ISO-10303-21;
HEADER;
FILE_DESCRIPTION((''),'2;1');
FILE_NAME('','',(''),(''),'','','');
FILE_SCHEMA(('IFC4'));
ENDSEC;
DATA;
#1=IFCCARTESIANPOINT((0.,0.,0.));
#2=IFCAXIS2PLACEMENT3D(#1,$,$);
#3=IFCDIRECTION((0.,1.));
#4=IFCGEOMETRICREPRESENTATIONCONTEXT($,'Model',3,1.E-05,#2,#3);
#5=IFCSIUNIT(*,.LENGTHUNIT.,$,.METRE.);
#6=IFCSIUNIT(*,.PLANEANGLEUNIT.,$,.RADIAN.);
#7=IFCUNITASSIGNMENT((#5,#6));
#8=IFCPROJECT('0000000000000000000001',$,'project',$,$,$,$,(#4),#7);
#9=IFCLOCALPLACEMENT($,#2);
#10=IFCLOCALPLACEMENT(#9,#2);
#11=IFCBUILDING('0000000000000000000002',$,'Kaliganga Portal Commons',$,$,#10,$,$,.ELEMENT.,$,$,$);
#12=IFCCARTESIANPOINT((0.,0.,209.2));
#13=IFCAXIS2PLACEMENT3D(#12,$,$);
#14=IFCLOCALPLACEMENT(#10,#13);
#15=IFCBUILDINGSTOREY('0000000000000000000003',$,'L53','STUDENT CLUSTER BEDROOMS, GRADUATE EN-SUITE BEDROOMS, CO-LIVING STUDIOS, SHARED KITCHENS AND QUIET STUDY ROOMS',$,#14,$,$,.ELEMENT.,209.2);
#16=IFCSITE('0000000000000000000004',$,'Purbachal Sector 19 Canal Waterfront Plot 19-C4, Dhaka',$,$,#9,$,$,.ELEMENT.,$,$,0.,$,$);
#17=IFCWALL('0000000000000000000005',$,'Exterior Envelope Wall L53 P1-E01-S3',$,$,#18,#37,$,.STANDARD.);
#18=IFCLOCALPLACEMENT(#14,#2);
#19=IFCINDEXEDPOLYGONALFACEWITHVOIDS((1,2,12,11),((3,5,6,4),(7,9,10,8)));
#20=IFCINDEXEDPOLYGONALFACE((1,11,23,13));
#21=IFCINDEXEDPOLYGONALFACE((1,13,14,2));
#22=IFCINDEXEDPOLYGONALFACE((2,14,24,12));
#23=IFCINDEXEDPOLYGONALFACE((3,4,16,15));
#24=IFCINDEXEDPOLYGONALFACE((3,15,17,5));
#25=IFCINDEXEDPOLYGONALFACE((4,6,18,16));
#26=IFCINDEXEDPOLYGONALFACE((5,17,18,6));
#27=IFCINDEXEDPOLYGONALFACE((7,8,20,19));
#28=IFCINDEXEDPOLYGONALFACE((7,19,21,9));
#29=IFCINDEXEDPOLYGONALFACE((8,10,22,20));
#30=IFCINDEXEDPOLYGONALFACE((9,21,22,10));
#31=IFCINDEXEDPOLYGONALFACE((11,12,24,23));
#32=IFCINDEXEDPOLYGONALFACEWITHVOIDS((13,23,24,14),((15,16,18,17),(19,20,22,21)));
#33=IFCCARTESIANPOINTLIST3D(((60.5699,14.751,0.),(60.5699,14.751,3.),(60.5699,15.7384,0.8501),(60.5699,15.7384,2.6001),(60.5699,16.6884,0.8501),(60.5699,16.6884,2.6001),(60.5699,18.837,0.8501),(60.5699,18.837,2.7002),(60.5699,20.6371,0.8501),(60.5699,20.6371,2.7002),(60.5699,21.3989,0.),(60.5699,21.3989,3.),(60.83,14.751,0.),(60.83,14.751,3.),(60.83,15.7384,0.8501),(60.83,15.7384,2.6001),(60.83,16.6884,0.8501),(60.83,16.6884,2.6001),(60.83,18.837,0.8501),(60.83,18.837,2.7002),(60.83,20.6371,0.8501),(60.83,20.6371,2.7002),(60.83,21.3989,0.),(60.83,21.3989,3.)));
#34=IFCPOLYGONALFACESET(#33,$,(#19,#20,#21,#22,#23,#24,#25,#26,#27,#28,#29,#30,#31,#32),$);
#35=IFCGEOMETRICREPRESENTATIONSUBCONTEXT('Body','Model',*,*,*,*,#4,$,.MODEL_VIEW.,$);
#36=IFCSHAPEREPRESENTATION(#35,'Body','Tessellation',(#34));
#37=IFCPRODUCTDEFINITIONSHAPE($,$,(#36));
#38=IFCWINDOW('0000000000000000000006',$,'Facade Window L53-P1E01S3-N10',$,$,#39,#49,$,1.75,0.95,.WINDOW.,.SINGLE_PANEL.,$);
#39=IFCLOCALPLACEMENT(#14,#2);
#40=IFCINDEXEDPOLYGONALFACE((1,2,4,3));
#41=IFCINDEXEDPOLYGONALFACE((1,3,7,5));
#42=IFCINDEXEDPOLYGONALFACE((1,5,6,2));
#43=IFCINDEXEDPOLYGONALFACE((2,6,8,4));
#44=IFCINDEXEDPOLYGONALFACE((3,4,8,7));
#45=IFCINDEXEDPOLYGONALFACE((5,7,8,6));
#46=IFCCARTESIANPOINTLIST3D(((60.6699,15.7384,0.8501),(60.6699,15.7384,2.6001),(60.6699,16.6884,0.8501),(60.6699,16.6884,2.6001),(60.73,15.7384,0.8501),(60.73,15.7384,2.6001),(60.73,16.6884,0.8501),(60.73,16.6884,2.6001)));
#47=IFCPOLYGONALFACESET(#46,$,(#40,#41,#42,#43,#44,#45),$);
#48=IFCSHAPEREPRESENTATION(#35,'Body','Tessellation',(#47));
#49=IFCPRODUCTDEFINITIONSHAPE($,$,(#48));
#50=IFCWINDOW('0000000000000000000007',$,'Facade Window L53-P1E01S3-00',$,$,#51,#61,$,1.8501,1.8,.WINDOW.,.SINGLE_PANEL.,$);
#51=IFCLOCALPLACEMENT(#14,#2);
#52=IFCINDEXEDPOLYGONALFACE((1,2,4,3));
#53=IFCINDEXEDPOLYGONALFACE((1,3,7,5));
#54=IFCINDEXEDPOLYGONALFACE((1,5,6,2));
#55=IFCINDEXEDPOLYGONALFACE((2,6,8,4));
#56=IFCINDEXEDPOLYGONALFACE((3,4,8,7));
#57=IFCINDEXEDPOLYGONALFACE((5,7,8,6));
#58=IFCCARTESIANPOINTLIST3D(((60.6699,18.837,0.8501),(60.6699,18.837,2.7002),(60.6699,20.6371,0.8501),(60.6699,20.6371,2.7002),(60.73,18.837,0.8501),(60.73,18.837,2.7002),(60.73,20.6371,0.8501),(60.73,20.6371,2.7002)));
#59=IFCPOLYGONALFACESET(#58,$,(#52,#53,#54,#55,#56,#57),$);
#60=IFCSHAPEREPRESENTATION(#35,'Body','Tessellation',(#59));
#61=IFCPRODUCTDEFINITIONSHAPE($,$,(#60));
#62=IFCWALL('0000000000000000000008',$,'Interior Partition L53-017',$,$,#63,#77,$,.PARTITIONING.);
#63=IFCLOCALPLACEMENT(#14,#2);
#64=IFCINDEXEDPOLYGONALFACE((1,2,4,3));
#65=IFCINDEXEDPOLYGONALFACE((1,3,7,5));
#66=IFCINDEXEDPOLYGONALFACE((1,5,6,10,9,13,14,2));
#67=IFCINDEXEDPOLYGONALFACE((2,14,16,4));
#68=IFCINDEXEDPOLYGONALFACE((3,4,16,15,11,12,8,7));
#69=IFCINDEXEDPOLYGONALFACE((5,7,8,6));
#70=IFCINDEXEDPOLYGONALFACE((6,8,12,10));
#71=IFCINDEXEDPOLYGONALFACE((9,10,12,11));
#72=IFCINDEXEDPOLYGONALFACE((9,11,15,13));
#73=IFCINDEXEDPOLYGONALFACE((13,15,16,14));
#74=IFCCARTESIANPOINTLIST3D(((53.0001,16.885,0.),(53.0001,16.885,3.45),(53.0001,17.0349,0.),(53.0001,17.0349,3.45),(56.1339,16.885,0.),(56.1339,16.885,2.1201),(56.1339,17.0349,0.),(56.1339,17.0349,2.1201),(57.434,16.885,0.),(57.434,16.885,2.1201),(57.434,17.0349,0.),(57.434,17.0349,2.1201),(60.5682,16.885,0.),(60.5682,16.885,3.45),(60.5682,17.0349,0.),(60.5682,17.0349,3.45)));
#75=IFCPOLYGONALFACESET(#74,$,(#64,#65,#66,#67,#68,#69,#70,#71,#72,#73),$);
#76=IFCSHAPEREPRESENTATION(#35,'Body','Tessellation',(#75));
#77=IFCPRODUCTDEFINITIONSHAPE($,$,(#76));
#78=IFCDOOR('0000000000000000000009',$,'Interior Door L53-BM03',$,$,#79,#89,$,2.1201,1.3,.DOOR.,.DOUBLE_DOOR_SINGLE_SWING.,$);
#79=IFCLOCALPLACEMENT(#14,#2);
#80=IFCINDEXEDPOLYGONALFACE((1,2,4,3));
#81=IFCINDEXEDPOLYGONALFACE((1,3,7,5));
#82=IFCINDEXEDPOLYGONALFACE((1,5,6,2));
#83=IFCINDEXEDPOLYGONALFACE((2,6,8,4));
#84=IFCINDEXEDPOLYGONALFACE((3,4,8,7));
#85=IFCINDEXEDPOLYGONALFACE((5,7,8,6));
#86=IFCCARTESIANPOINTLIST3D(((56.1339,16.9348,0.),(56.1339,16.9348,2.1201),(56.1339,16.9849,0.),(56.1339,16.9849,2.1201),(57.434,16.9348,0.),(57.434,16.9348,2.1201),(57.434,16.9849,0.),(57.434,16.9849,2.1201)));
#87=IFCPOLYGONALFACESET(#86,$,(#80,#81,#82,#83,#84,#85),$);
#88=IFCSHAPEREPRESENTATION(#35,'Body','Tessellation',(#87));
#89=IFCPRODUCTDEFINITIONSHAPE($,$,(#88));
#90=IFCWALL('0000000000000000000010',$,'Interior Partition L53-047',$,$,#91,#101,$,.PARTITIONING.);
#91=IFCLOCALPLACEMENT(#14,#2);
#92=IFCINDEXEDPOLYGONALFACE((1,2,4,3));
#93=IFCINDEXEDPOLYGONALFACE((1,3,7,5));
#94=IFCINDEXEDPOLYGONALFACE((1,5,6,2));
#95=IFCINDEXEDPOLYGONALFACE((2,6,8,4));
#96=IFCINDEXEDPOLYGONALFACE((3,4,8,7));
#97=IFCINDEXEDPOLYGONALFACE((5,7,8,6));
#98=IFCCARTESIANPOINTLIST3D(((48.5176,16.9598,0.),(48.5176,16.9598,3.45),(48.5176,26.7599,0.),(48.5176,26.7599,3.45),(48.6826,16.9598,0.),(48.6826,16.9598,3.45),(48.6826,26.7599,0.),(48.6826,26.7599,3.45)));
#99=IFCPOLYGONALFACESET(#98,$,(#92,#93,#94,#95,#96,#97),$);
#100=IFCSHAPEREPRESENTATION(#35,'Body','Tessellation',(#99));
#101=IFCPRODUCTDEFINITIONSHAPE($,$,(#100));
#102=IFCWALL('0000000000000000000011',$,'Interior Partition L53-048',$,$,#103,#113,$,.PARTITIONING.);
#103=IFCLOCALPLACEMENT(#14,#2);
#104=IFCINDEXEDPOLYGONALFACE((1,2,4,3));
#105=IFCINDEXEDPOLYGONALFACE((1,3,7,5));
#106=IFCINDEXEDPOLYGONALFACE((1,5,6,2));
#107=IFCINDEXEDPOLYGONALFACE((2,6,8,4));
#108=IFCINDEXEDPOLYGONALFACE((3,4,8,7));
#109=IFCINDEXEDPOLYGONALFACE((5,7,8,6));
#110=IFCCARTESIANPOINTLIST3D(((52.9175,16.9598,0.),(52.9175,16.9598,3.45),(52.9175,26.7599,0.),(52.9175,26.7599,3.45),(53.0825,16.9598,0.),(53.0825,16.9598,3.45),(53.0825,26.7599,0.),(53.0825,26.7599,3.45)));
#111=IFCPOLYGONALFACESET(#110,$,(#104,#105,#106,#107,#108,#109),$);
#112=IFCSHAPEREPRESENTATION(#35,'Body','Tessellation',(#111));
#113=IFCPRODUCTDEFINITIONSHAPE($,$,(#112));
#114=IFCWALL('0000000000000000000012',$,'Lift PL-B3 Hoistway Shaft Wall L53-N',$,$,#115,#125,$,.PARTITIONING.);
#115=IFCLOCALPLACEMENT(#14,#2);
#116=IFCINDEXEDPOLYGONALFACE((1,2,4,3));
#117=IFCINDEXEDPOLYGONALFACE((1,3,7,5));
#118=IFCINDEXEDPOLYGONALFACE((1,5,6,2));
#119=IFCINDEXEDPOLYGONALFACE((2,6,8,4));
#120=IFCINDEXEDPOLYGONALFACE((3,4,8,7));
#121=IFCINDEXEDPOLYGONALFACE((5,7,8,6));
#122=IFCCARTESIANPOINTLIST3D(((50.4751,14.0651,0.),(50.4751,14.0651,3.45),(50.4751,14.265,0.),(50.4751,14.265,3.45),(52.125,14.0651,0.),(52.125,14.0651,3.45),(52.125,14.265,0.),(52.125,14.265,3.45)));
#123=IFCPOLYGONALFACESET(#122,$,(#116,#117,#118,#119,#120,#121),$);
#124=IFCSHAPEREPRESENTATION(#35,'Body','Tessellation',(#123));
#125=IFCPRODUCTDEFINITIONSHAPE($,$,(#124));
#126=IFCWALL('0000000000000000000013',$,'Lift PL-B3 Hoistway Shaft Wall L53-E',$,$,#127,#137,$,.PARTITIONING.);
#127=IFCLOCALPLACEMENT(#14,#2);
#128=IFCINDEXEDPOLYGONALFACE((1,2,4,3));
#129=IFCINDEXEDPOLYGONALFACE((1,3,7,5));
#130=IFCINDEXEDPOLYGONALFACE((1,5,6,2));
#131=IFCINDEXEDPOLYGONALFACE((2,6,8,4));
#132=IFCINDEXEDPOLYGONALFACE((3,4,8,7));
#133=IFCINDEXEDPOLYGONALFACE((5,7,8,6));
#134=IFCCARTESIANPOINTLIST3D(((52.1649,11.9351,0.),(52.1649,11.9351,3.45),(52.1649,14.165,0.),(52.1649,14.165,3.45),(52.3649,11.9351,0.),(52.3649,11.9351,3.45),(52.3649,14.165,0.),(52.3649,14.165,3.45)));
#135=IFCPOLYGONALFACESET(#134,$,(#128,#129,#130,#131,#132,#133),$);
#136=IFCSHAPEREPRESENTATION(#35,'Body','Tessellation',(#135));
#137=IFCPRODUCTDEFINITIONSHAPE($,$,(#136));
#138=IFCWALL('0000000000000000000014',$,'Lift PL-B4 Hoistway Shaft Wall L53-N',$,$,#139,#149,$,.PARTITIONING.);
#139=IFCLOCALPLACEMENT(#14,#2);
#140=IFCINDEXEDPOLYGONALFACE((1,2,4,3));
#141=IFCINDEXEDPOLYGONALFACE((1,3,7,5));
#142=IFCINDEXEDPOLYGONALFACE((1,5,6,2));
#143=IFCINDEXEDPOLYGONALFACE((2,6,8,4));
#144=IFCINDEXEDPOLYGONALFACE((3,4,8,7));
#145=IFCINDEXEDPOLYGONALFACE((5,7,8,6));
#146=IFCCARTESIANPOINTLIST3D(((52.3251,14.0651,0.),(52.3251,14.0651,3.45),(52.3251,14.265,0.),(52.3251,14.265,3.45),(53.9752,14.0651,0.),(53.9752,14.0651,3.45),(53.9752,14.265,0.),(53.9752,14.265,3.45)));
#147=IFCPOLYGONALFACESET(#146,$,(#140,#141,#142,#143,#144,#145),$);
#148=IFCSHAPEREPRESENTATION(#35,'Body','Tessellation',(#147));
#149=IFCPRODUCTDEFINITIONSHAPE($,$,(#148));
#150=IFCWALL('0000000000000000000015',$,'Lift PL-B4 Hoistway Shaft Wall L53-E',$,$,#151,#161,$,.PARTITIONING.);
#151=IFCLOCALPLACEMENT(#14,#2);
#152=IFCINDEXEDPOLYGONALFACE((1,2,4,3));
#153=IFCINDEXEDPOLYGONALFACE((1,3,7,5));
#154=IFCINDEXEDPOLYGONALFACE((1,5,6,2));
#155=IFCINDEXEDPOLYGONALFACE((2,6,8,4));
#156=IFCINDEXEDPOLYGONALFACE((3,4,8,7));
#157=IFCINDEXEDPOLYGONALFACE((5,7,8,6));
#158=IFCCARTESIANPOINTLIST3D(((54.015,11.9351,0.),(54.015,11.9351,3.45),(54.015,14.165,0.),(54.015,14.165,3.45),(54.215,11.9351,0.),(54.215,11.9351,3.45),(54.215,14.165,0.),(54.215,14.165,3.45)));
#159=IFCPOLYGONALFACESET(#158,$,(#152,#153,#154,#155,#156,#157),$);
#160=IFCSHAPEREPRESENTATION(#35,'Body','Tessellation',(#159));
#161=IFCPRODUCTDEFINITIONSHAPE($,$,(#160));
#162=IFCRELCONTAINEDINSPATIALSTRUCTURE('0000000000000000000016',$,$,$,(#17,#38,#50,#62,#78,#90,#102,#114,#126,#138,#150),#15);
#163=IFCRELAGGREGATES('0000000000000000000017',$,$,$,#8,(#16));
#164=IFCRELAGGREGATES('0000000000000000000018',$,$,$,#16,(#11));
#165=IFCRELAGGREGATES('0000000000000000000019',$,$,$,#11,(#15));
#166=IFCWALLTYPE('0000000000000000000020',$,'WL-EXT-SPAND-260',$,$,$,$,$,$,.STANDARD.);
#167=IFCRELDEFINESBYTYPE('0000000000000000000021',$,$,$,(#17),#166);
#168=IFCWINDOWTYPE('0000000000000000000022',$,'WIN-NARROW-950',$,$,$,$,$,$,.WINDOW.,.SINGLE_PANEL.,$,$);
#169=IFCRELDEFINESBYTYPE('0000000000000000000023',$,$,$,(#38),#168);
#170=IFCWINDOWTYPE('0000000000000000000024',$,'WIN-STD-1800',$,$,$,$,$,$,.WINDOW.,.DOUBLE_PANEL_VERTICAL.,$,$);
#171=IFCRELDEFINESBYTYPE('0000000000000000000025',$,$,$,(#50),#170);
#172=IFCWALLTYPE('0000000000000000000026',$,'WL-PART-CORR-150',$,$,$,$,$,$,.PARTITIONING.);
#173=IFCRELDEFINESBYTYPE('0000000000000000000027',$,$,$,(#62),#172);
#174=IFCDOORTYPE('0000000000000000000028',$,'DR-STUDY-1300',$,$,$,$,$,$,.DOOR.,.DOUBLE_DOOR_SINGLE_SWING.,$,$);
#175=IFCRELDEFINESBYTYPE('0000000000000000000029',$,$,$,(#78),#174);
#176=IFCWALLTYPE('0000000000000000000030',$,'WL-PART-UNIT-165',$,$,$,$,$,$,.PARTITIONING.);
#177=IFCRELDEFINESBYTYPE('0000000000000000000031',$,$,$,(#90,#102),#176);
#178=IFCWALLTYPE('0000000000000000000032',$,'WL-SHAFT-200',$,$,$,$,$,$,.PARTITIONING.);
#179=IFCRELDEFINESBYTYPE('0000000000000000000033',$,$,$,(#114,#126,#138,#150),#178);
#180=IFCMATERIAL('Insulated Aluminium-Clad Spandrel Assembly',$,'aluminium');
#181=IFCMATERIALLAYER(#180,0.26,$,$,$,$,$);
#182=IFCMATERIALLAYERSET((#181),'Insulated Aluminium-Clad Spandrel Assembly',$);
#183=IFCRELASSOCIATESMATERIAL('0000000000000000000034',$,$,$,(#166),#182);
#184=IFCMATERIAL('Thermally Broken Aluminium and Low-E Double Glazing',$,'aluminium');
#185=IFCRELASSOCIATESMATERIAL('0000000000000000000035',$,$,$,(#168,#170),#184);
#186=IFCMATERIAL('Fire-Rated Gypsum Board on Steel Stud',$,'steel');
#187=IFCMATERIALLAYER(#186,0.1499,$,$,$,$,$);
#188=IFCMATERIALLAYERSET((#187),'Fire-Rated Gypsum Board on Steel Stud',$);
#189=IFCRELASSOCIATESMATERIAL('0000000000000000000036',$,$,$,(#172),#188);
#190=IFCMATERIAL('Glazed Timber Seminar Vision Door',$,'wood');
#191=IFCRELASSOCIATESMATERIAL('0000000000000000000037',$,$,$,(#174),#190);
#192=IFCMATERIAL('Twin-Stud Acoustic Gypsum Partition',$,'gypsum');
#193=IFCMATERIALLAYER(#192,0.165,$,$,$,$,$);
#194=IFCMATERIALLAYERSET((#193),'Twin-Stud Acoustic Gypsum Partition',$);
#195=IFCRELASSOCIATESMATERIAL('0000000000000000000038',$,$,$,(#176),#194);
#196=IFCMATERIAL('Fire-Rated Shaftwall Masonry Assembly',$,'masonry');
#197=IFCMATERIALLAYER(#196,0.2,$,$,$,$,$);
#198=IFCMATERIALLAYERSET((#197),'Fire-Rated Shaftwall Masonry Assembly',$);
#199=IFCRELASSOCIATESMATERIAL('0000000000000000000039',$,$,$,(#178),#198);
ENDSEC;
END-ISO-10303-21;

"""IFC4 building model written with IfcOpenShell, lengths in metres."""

from ifc_helpers import new_model, si_unit, direction, frame, frame_2d, origin, place, context, subcontext, project, spatial, rectangle, extrude, material, layer, layer_set, type_object, element, fill, save


model = new_model("IFC4")

# Units and contexts
model_context = context("Model", 3, precision=1e-05, world=origin(), true_north=direction((0.0, 1.0)))
body_context = subcontext(model_context, "Body", "Model", "MODEL_VIEW")
ifc_project = project(units=[si_unit("LENGTHUNIT", "METRE"), si_unit("PLANEANGLEUNIT", "RADIAN")], contexts=[model_context])

# Site, building, storey
site_placement = place(None, origin())
site = spatial("IfcSite", under=ifc_project, at=site_placement, Name="Purbachal Sector 19 Canal Waterfront Plot 19-C4, Dhaka", CompositionType="ELEMENT", RefElevation=0.0)
building_placement = place(site_placement, origin())
building = spatial("IfcBuilding", under=site, at=building_placement, Name="Kaliganga Portal Commons", CompositionType="ELEMENT")
storey_placement = place(building_placement, frame((0.0, 0.0, 209.2)))
storey = spatial("IfcBuildingStorey", under=building, at=storey_placement, Name="L53", Description="STUDENT CLUSTER BEDROOMS, GRADUATE EN-SUITE BEDROOMS, CO-LIVING STUDIOS, SHARED KITCHENS AND QUIET STUDY ROOMS", CompositionType="ELEMENT", Elevation=209.2)

# Shared definitions
ifc_material_1 = material(Name="Insulated Aluminium-Clad Spandrel Assembly", Category="aluminium")
ifc_layer_1 = layer(ifc_material_1, 0.26)
ifc_layer_set_1 = layer_set([ifc_layer_1], Name="Insulated Aluminium-Clad Spandrel Assembly")
wall_type_1 = type_object("IfcWallType", Name="WL-EXT-SPAND-260", PredefinedType="STANDARD", material=ifc_layer_set_1)

# Wall, openings, windows
wall_1_placement = place(storey_placement, frame((60.7, 21.3989, 0.0), z_axis=(0.0, 0.0, 1.0), x_axis=(0.0, -1.0, 0.0)))
wall_1 = element("IfcWall", 1, at=wall_1_placement, inside=storey, type_object=wall_type_1, Name="Exterior Envelope Wall L53 P1-E01-S3", PredefinedType="STANDARD", context=body_context, shape_type="SweptSolid", body=[
    extrude(rectangle(XDim=6.6479, YDim=0.26, at=frame_2d((3.324, 0.0))), origin(), (0.0, 0.0, 1.0), 3.0),
])
opening_1_placement = place(wall_1_placement, frame((0.762, 0.0, 0.8501)))
opening_1 = element("IfcOpeningElement", 2, at=opening_1_placement, cuts=wall_1, PredefinedType="OPENING", context=body_context, shape_type="SweptSolid", body=[
    extrude(rectangle(XDim=1.8, YDim=1.8501, at=frame_2d((0.8999, 0.925))), frame((0.0, 0.1401, 0.0), z_axis=(0.0, -1.0, 0.0), x_axis=(1.0, 0.0, 0.0)), (0.0, 0.0, 1.0), 0.28),
])
opening_2_placement = place(wall_1_placement, frame((4.7104, 0.0, 0.8501)))
opening_2 = element("IfcOpeningElement", 3, at=opening_2_placement, cuts=wall_1, PredefinedType="OPENING", context=body_context, shape_type="SweptSolid", body=[
    extrude(rectangle(XDim=0.95, YDim=1.75, at=frame_2d((0.4751, 0.875))), frame((0.0, 0.1401, 0.0), z_axis=(0.0, -1.0, 0.0), x_axis=(1.0, 0.0, 0.0)), (0.0, 0.0, 1.0), 0.28),
])
ifc_material_2 = material(Name="Thermally Broken Aluminium and Low-E Double Glazing", Category="aluminium")
window_type_1 = type_object("IfcWindowType", Name="WIN-NARROW-950", PartitioningType="SINGLE_PANEL", PredefinedType="WINDOW", material=ifc_material_2)
window_1_placement = place(opening_2_placement, origin())
window_1 = element("IfcWindow", 4, at=window_1_placement, inside=storey, type_object=window_type_1, Name="Facade Window L53-P1E01S3-N10", OverallHeight=1.75, OverallWidth=0.95, PartitioningType="SINGLE_PANEL", PredefinedType="WINDOW", context=body_context, shape_type="SweptSolid", body=[
    extrude(rectangle(XDim=0.95, YDim=1.75, at=frame_2d((0.4751, 0.875))), frame((0.0, 0.03, 0.0), z_axis=(0.0, -1.0, 0.0), x_axis=(1.0, 0.0, 0.0)), (0.0, 0.0, 1.0), 0.0601),
])
fill(opening_2, window_1)
window_type_2 = type_object("IfcWindowType", Name="WIN-STD-1800", PartitioningType="DOUBLE_PANEL_VERTICAL", PredefinedType="WINDOW", material=ifc_material_2)
window_2_placement = place(opening_1_placement, origin())
window_2 = element("IfcWindow", 5, at=window_2_placement, inside=storey, type_object=window_type_2, Name="Facade Window L53-P1E01S3-00", OverallHeight=1.8501, OverallWidth=1.8, PartitioningType="SINGLE_PANEL", PredefinedType="WINDOW", context=body_context, shape_type="SweptSolid", body=[
    extrude(rectangle(XDim=1.8, YDim=1.8501, at=frame_2d((0.8999, 0.925))), frame((0.0, 0.03, 0.0), z_axis=(0.0, -1.0, 0.0), x_axis=(1.0, 0.0, 0.0)), (0.0, 0.0, 1.0), 0.0601),
])
fill(opening_1, window_2)

# Wall, opening, door
ifc_material_3 = material(Name="Fire-Rated Gypsum Board on Steel Stud", Category="steel")
ifc_layer_2 = layer(ifc_material_3, 0.1499)
ifc_layer_set_2 = layer_set([ifc_layer_2], Name="Fire-Rated Gypsum Board on Steel Stud")
wall_type_2 = type_object("IfcWallType", Name="WL-PART-CORR-150", PredefinedType="PARTITIONING", material=ifc_layer_set_2)
wall_2_placement = place(storey_placement, frame((53.0, 16.96, 0.0), z_axis=(0.0, 0.0, 1.0), x_axis=(1.0, 0.0, 0.0)))
wall_2 = element("IfcWall", 6, at=wall_2_placement, inside=storey, type_object=wall_type_2, Name="Interior Partition L53-017", PredefinedType="PARTITIONING", context=body_context, shape_type="SweptSolid", body=[
    extrude(rectangle(XDim=7.5681, YDim=0.1499, at=frame_2d((3.7842, 0.0))), origin(), (0.0, 0.0, 1.0), 3.45),
])
opening_3_placement = place(wall_2_placement, frame((3.134, 0.0, 0.0)))
opening_3 = element("IfcOpeningElement", 7, at=opening_3_placement, cuts=wall_2, PredefinedType="OPENING", context=body_context, shape_type="SweptSolid", body=[
    extrude(rectangle(XDim=1.3, YDim=2.1201, at=frame_2d((0.6499, 1.0601))), frame((0.0, 0.085, 0.0), z_axis=(0.0, -1.0, 0.0), x_axis=(1.0, 0.0, 0.0)), (0.0, 0.0, 1.0), 0.1699),
])
ifc_material_4 = material(Name="Glazed Timber Seminar Vision Door", Category="wood")
door_type_1 = type_object("IfcDoorType", Name="DR-STUDY-1300", OperationType="DOUBLE_DOOR_SINGLE_SWING", PredefinedType="DOOR", material=ifc_material_4)
door_1_placement = place(opening_3_placement, origin())
door_1 = element("IfcDoor", 8, at=door_1_placement, inside=storey, type_object=door_type_1, Name="Interior Door L53-BM03", OperationType="DOUBLE_DOOR_SINGLE_SWING", OverallHeight=2.1201, OverallWidth=1.3, PredefinedType="DOOR", context=body_context, shape_type="SweptSolid", body=[
    extrude(rectangle(XDim=1.3, YDim=2.1201, at=frame_2d((0.6499, 1.0601))), frame((0.0, 0.0249, 0.0), z_axis=(0.0, -1.0, 0.0), x_axis=(1.0, 0.0, 0.0)), (0.0, 0.0, 1.0), 0.05),
])
fill(opening_3, door_1)

# Walls
ifc_material_5 = material(Name="Twin-Stud Acoustic Gypsum Partition", Category="gypsum")
ifc_layer_3 = layer(ifc_material_5, 0.165)
ifc_layer_set_3 = layer_set([ifc_layer_3], Name="Twin-Stud Acoustic Gypsum Partition")
wall_type_3 = type_object("IfcWallType", Name="WL-PART-UNIT-165", PredefinedType="PARTITIONING", material=ifc_layer_set_3)
for number, where, z_axis, x_axis, name in (
    (9, (48.6001, 16.96, 0.0), (0.0, 0.0, 1.0), (0.0, 1.0, 0.0), "Interior Partition L53-047"),
    (10, (53.0, 16.96, 0.0), (0.0, 0.0, 1.0), (0.0, 1.0, 0.0), "Interior Partition L53-048"),
):
    element("IfcWall", number, at=place(storey_placement, frame(where, z_axis=z_axis, x_axis=x_axis)), inside=storey, type_object=wall_type_3, Name=name, PredefinedType="PARTITIONING", context=body_context, shape_type="SweptSolid", body=[
        extrude(rectangle(XDim=9.8, YDim=0.165, at=frame_2d((4.8999, 0.0))), origin(), (0.0, 0.0, 1.0), 3.45),
    ])
ifc_material_6 = material(Name="Fire-Rated Shaftwall Masonry Assembly", Category="masonry")
ifc_layer_4 = layer(ifc_material_6, 0.2)
ifc_layer_set_4 = layer_set([ifc_layer_4], Name="Fire-Rated Shaftwall Masonry Assembly")
wall_type_4 = type_object("IfcWallType", Name="WL-SHAFT-200", PredefinedType="PARTITIONING", material=ifc_layer_set_4)
wall_3_placement = place(storey_placement, frame((50.4751, 14.165, 0.0), z_axis=(0.0, 0.0, 1.0), x_axis=(1.0, 0.0, 0.0)))
element("IfcWall", 11, at=wall_3_placement, inside=storey, type_object=wall_type_4, Name="Lift PL-B3 Hoistway Shaft Wall L53-N", PredefinedType="PARTITIONING", context=body_context, shape_type="SweptSolid", body=[
    extrude(rectangle(XDim=1.6499, YDim=0.2, at=frame_2d((0.825, 0.0))), origin(), (0.0, 0.0, 1.0), 3.45),
])
wall_4_placement = place(storey_placement, frame((52.2649, 11.9351, 0.0), z_axis=(0.0, 0.0, 1.0), x_axis=(0.0, 1.0, 0.0)))
element("IfcWall", 12, at=wall_4_placement, inside=storey, type_object=wall_type_4, Name="Lift PL-B3 Hoistway Shaft Wall L53-E", PredefinedType="PARTITIONING", context=body_context, shape_type="SweptSolid", body=[
    extrude(rectangle(XDim=2.23, YDim=0.2, at=frame_2d((1.115, 0.0))), origin(), (0.0, 0.0, 1.0), 3.45),
])

# Walls
wall_5_placement = place(storey_placement, frame((52.325, 14.165, 0.0), z_axis=(0.0, 0.0, 1.0), x_axis=(1.0, 0.0, 0.0)))
element("IfcWall", 13, at=wall_5_placement, inside=storey, type_object=wall_type_4, Name="Lift PL-B4 Hoistway Shaft Wall L53-N", PredefinedType="PARTITIONING", context=body_context, shape_type="SweptSolid", body=[
    extrude(rectangle(XDim=1.6501, YDim=0.2, at=frame_2d((0.8252, 0.0))), origin(), (0.0, 0.0, 1.0), 3.45),
])
wall_6_placement = place(storey_placement, frame((54.115, 11.9351, 0.0), z_axis=(0.0, 0.0, 1.0), x_axis=(0.0, 1.0, 0.0)))
element("IfcWall", 14, at=wall_6_placement, inside=storey, type_object=wall_type_4, Name="Lift PL-B4 Hoistway Shaft Wall L53-E", PredefinedType="PARTITIONING", context=body_context, shape_type="SweptSolid", body=[
    extrude(rectangle(XDim=2.23, YDim=0.2, at=frame_2d((1.115, 0.0))), origin(), (0.0, 0.0, 1.0), 3.45),
])

save(model, "model.ifc")
